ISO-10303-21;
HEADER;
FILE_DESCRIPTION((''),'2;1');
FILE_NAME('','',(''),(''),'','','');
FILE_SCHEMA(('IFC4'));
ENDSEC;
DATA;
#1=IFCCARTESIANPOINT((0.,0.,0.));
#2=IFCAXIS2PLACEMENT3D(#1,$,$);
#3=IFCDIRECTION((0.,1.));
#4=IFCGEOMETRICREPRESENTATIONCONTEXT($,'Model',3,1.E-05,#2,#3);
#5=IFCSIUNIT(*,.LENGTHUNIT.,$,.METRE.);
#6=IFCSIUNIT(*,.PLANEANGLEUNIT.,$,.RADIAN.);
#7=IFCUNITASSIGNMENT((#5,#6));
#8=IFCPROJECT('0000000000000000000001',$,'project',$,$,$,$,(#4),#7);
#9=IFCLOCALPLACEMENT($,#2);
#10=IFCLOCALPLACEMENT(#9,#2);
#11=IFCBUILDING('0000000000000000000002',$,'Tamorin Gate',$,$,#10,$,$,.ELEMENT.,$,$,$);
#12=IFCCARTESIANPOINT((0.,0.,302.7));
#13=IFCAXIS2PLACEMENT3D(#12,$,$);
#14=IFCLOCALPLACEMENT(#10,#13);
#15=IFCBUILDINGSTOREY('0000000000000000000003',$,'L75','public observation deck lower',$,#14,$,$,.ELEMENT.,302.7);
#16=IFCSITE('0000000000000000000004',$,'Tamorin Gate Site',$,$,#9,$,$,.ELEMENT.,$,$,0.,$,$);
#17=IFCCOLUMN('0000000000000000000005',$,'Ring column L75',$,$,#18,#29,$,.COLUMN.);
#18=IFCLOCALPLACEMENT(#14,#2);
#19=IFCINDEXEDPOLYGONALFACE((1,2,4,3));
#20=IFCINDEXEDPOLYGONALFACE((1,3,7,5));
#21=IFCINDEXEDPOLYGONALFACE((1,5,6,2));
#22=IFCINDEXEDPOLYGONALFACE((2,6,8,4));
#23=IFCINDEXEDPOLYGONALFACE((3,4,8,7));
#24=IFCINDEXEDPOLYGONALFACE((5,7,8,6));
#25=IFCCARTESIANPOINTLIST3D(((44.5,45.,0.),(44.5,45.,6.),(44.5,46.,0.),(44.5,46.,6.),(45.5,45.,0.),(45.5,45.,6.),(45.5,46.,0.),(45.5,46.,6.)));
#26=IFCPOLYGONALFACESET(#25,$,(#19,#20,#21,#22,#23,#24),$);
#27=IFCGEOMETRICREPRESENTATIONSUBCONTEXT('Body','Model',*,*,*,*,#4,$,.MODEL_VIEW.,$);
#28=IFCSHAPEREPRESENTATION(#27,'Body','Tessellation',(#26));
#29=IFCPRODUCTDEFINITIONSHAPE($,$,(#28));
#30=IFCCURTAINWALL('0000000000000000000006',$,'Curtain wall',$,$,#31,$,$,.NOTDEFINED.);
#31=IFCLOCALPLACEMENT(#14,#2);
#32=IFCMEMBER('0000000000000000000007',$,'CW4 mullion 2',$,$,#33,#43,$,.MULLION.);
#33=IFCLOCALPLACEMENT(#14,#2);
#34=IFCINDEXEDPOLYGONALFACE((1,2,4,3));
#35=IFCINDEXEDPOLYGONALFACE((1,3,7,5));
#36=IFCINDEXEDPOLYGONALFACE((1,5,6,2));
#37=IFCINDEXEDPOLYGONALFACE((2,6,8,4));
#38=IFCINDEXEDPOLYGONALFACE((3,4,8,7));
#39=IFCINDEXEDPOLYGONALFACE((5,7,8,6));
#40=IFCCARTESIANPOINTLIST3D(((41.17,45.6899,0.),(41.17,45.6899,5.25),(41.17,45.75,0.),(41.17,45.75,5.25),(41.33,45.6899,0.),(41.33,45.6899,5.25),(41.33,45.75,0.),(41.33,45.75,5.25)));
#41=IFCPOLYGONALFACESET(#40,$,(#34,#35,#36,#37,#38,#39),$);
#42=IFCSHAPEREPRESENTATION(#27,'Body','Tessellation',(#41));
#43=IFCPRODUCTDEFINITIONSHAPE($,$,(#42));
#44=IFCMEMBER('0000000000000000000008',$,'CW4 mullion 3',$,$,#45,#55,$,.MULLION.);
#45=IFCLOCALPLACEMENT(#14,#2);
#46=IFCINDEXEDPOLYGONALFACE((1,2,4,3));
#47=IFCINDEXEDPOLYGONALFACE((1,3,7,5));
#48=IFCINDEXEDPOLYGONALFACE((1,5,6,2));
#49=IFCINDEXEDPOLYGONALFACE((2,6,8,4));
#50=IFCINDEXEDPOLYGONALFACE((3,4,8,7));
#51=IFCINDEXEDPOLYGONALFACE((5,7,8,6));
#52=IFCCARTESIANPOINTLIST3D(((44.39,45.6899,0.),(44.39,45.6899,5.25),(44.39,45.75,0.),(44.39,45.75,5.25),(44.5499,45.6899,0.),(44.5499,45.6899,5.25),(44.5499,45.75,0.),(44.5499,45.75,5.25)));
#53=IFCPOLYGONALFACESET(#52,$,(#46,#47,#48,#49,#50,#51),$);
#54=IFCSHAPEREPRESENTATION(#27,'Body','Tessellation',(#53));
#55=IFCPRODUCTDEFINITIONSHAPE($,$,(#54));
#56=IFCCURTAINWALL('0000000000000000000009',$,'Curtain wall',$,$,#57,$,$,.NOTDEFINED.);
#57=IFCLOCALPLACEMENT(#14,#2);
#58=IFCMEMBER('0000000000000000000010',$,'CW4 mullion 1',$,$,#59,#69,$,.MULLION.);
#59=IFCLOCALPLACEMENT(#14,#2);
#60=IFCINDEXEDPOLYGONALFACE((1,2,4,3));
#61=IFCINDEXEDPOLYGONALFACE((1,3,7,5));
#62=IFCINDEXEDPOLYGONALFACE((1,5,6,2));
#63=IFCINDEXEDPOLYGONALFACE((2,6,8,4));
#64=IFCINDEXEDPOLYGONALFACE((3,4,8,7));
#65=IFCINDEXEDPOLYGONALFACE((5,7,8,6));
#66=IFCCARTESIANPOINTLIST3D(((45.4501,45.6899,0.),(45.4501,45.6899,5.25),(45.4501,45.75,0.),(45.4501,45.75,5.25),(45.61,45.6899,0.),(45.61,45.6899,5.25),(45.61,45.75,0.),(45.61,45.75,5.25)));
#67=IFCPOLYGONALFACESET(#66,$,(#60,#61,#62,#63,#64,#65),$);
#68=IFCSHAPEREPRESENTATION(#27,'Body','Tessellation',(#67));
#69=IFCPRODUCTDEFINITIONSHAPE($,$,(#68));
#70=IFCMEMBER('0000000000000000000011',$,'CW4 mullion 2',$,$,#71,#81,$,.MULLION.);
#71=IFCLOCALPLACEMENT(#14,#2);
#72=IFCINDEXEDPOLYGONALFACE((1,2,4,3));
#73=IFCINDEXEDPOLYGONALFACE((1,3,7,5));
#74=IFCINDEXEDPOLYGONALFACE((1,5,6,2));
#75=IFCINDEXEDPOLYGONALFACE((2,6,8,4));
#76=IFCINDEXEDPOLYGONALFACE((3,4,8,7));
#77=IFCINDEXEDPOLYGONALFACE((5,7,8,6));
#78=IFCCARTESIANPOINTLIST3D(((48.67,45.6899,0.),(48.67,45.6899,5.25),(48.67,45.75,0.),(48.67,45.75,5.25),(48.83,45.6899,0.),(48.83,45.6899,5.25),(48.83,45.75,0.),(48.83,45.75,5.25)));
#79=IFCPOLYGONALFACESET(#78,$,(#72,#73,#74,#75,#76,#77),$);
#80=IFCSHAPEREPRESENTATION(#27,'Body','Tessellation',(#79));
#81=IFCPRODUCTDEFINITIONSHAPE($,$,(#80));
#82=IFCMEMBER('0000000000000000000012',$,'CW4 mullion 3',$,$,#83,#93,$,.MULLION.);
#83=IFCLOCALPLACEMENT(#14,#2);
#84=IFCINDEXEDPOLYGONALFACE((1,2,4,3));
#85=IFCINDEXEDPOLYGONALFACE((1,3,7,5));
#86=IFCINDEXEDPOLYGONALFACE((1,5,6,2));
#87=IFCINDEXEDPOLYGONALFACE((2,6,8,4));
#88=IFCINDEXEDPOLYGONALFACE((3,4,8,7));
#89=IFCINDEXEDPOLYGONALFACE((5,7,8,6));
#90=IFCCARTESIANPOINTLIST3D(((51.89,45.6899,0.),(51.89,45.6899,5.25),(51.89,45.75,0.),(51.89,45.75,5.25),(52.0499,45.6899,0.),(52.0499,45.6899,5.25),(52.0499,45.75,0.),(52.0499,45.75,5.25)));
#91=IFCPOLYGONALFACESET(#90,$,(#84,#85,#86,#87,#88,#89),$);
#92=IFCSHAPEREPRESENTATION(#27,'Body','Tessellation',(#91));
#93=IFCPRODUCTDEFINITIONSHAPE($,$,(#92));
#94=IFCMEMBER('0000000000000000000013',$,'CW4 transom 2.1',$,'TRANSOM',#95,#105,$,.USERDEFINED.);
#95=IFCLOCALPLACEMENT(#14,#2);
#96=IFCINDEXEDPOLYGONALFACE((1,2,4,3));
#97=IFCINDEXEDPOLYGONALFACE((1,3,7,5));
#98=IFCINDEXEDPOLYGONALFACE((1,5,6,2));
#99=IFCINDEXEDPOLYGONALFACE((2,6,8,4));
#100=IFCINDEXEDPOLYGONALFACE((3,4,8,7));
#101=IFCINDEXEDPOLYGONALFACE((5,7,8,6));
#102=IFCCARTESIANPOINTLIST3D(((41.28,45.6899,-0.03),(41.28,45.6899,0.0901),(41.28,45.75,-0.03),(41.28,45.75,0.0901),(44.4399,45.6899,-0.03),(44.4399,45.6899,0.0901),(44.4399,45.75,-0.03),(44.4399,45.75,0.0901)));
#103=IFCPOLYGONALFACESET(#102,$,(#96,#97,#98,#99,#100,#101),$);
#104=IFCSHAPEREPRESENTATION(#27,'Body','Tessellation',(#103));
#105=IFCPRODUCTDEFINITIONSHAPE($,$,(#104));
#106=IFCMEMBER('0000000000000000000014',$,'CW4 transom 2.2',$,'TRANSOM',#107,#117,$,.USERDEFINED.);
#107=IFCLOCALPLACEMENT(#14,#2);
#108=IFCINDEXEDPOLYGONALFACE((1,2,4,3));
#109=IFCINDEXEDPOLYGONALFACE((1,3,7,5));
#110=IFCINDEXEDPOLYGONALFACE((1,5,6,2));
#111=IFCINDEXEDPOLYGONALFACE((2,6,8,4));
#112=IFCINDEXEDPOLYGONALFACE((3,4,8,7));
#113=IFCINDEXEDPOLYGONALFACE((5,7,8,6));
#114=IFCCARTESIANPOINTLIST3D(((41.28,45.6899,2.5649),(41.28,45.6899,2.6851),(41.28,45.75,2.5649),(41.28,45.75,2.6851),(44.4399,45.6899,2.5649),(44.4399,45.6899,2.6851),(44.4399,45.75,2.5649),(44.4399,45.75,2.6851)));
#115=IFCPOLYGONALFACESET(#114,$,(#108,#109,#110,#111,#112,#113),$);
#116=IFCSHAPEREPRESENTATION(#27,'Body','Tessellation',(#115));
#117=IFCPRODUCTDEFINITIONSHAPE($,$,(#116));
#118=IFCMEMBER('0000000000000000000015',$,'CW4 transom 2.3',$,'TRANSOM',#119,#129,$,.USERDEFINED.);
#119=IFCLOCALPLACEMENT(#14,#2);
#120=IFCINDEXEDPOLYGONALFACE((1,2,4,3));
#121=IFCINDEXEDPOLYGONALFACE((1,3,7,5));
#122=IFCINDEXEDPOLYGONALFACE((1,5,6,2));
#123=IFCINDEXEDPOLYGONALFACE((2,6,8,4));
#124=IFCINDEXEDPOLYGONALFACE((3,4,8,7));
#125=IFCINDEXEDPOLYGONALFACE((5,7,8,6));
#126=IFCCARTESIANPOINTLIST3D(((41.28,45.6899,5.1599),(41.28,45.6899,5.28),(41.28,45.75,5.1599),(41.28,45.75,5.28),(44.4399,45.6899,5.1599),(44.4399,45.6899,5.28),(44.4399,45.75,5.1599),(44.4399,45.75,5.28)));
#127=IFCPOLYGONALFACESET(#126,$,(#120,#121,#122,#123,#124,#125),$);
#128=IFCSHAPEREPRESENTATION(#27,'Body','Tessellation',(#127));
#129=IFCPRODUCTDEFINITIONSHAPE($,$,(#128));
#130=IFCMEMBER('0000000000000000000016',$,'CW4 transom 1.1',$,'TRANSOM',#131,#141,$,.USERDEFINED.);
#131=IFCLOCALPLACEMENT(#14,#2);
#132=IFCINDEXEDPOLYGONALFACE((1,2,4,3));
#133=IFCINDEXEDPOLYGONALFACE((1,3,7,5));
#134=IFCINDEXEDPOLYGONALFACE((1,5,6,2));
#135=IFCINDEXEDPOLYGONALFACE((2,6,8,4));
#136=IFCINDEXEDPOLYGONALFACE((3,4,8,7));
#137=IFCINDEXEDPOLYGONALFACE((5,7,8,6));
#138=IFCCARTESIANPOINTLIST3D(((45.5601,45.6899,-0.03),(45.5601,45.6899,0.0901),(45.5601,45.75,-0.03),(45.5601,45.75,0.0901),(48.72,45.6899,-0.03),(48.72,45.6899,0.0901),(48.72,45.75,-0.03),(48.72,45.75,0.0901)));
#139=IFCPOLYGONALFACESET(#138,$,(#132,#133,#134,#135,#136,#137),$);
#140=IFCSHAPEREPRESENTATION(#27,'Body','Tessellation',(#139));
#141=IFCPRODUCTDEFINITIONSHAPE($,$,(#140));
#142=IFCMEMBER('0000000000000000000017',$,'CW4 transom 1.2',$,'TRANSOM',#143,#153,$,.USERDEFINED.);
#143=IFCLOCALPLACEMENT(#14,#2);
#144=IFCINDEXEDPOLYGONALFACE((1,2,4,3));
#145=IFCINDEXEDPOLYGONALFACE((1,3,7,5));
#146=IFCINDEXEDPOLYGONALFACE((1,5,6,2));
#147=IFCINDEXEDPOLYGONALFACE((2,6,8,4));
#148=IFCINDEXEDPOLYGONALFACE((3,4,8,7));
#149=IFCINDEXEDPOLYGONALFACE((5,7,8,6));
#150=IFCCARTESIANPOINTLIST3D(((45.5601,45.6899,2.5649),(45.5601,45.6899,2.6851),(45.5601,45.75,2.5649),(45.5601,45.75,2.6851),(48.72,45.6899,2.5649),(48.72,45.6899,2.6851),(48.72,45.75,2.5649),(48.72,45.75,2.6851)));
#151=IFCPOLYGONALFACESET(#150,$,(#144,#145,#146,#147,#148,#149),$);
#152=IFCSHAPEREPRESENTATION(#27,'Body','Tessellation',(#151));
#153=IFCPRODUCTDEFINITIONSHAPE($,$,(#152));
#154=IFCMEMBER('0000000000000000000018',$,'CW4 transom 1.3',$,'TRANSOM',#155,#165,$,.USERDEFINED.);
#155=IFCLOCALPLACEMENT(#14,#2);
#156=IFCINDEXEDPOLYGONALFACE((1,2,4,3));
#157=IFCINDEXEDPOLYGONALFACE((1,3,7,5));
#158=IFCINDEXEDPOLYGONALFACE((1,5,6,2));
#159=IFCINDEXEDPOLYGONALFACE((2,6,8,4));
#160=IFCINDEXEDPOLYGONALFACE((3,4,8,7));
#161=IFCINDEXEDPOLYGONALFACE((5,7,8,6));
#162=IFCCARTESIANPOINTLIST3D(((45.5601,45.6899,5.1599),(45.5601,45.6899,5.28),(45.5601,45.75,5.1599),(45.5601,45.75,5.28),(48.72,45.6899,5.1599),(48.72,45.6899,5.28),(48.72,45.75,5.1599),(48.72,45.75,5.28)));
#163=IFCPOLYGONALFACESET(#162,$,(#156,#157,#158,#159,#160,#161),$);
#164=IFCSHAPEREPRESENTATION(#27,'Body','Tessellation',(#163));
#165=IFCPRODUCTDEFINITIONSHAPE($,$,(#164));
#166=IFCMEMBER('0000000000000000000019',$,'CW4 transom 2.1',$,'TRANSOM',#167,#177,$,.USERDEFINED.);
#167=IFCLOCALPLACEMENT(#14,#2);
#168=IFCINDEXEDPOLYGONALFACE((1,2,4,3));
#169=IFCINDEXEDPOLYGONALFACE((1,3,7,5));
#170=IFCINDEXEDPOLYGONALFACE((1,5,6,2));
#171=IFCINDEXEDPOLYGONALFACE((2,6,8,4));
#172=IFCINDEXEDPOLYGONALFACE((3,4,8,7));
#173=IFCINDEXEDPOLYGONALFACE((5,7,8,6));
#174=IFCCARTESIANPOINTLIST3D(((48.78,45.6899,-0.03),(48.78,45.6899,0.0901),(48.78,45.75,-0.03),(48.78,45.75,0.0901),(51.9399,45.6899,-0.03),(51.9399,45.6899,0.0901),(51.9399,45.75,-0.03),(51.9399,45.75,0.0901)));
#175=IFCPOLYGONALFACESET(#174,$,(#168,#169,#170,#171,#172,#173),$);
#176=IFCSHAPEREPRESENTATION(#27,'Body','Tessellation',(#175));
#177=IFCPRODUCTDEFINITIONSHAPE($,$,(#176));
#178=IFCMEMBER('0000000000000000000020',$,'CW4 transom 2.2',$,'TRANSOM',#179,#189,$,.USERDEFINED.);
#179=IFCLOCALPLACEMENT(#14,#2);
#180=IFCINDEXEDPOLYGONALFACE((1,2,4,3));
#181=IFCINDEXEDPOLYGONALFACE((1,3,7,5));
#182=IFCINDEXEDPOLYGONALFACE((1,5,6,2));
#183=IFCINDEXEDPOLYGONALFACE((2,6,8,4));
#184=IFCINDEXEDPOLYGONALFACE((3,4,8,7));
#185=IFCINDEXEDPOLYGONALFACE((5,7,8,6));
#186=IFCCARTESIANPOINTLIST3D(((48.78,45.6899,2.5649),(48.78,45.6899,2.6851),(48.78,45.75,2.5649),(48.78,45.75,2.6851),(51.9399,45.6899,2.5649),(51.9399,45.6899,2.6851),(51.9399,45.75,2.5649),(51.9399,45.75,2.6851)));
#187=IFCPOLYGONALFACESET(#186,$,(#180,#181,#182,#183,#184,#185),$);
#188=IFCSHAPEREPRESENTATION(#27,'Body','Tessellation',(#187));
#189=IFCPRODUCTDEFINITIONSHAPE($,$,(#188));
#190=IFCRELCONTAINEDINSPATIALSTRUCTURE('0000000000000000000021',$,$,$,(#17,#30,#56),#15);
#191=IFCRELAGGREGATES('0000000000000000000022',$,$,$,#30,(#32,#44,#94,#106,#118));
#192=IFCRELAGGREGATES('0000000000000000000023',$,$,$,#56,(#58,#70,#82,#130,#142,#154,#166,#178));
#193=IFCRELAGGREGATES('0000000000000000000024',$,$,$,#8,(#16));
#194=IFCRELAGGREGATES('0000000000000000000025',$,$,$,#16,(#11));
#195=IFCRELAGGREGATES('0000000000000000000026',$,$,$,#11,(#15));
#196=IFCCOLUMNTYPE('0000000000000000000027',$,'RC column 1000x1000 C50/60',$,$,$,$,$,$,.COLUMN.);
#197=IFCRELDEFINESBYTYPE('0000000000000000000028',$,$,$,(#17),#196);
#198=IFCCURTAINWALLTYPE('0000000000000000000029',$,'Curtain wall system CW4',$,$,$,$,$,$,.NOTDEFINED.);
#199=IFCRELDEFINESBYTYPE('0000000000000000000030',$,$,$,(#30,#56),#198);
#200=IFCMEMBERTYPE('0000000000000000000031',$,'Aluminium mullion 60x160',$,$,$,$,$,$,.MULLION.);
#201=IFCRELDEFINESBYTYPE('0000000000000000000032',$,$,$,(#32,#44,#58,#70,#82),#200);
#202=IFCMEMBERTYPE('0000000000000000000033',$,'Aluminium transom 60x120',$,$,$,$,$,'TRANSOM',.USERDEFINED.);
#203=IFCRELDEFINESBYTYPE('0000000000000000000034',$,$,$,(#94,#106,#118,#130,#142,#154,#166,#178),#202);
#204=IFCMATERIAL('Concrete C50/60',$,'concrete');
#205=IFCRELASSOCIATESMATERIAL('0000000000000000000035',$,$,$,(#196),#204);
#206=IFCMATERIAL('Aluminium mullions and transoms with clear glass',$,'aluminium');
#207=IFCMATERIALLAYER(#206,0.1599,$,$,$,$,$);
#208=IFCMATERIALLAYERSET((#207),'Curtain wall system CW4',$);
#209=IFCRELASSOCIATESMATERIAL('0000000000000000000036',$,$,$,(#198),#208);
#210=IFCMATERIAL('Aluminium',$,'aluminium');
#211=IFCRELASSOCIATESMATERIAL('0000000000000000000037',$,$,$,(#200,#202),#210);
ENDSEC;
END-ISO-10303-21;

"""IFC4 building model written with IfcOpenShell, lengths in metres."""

from ifc_helpers import new_model, si_unit, direction, frame, origin, origin_2d, place, context, subcontext, project, spatial, rectangle, extrude, material, layer, layer_set, material_profile, profile_set, type_object, element, aggregate, save


model = new_model("IFC4")

# Units and contexts
model_context = context("Model", 3, precision=1e-05, world=origin(), true_north=direction((0.0, 1.0)))
body_context = subcontext(model_context, "Body", "Model", "MODEL_VIEW")
ifc_project = project(units=[si_unit("LENGTHUNIT", "METRE"), si_unit("PLANEANGLEUNIT", "RADIAN")], contexts=[model_context])

# Site, building, storey
site_placement = place(None, origin())
site = spatial("IfcSite", under=ifc_project, at=site_placement, Name="Tamorin Gate Site", CompositionType="ELEMENT", RefElevation=0.0)
building_placement = place(site_placement, origin())
building = spatial("IfcBuilding", under=site, at=building_placement, Name="Tamorin Gate", CompositionType="ELEMENT")
storey_placement = place(building_placement, frame((0.0, 0.0, 302.7)))
storey = spatial("IfcBuildingStorey", under=building, at=storey_placement, Name="L75", Description="public observation deck lower", CompositionType="ELEMENT", Elevation=302.7)

# Column
ifc_material_1 = material(Name="Concrete C50/60", Category="concrete")
ifc_material_profile_1 = material_profile(ifc_material_1, rectangle(XDim=1.0, YDim=1.0, at=origin_2d()), Name="RC 1000x1000")
ifc_profile_set_1 = profile_set([ifc_material_profile_1], Name="Concrete C50/60")
column_type = type_object("IfcColumnType", Name="RC column 1000x1000 C50/60", PredefinedType="COLUMN", material=ifc_profile_set_1)
column_placement = place(storey_placement, frame((45.0, 45.5, 0.0), z_axis=(0.0, 0.0, 1.0), x_axis=(1.0, 0.0, 0.0)))
element("IfcColumn", 1, at=column_placement, inside=storey, type_object=column_type, Name="Ring column L75", PredefinedType="COLUMN", context=body_context, shape_type="SweptSolid", body=[
    extrude(rectangle(XDim=1.0, YDim=1.0, at=origin_2d()), origin(), (0.0, 0.0, 1.0), 6.0),
])

# Curtain walls, members
ifc_material_2 = material(Name="Aluminium mullions and transoms with clear glass", Category="aluminium")
ifc_layer_1 = layer(ifc_material_2, 0.1599)
ifc_layer_set_1 = layer_set([ifc_layer_1], Name="Curtain wall system CW4")
curtain_wall_type = type_object("IfcCurtainWallType", Name="Curtain wall system CW4", PredefinedType="NOTDEFINED", material=ifc_layer_set_1)
curtain_wall_1_placement = place(storey_placement, origin())
curtain_wall_1 = element("IfcCurtainWall", 2, at=curtain_wall_1_placement, inside=storey, type_object=curtain_wall_type, Name="Curtain wall", PredefinedType="NOTDEFINED")
ifc_material_3 = material(Name="Aluminium", Category="aluminium")
ifc_material_profile_2 = material_profile(ifc_material_3, rectangle(XDim=0.0601, YDim=0.1599, at=origin_2d()), Name="RECT 60x160")
ifc_profile_set_2 = profile_set([ifc_material_profile_2], Name="Aluminium")
member_type_1 = type_object("IfcMemberType", Name="Aluminium mullion 60x160", PredefinedType="MULLION", material=ifc_profile_set_2)
member_1_placement = place(storey_placement, frame((41.25, 45.72, 0.0), z_axis=(0.0, 0.0, 1.0), x_axis=(0.0, 1.0, 0.0)))
member_1 = element("IfcMember", 3, at=member_1_placement, type_object=member_type_1, Name="CW4 mullion 2", PredefinedType="MULLION", context=body_context, shape_type="SweptSolid", body=[
    extrude(rectangle(XDim=0.0601, YDim=0.1599, at=origin_2d()), origin(), (0.0, 0.0, 1.0), 5.25),
])
member_2_placement = place(storey_placement, frame((44.47, 45.72, 0.0), z_axis=(0.0, 0.0, 1.0), x_axis=(0.0, 1.0, 0.0)))
member_2 = element("IfcMember", 4, at=member_2_placement, type_object=member_type_1, Name="CW4 mullion 3", PredefinedType="MULLION", context=body_context, shape_type="SweptSolid", body=[
    extrude(rectangle(XDim=0.0601, YDim=0.1599, at=origin_2d()), origin(), (0.0, 0.0, 1.0), 5.25),
])
curtain_wall_2_placement = place(storey_placement, origin())
curtain_wall_2 = element("IfcCurtainWall", 5, at=curtain_wall_2_placement, inside=storey, type_object=curtain_wall_type, Name="Curtain wall", PredefinedType="NOTDEFINED")
member_3_placement = place(storey_placement, frame((45.53, 45.72, 0.0), z_axis=(0.0, 0.0, 1.0), x_axis=(0.0, 1.0, 0.0)))
member_3 = element("IfcMember", 6, at=member_3_placement, type_object=member_type_1, Name="CW4 mullion 1", PredefinedType="MULLION", context=body_context, shape_type="SweptSolid", body=[
    extrude(rectangle(XDim=0.0601, YDim=0.1599, at=origin_2d()), origin(), (0.0, 0.0, 1.0), 5.25),
])
member_4_placement = place(storey_placement, frame((48.75, 45.72, 0.0), z_axis=(0.0, 0.0, 1.0), x_axis=(0.0, 1.0, 0.0)))
member_4 = element("IfcMember", 7, at=member_4_placement, type_object=member_type_1, Name="CW4 mullion 2", PredefinedType="MULLION", context=body_context, shape_type="SweptSolid", body=[
    extrude(rectangle(XDim=0.0601, YDim=0.1599, at=origin_2d()), origin(), (0.0, 0.0, 1.0), 5.25),
])
member_5_placement = place(storey_placement, frame((51.97, 45.72, 0.0), z_axis=(0.0, 0.0, 1.0), x_axis=(0.0, 1.0, 0.0)))
member_5 = element("IfcMember", 8, at=member_5_placement, type_object=member_type_1, Name="CW4 mullion 3", PredefinedType="MULLION", context=body_context, shape_type="SweptSolid", body=[
    extrude(rectangle(XDim=0.0601, YDim=0.1599, at=origin_2d()), origin(), (0.0, 0.0, 1.0), 5.25),
])

# Members
ifc_material_profile_3 = material_profile(ifc_material_3, rectangle(XDim=0.0601, YDim=0.1201, at=origin_2d()), Name="RECT 60x120")
ifc_profile_set_3 = profile_set([ifc_material_profile_3], Name="Aluminium")
member_type_2 = type_object("IfcMemberType", Name="Aluminium transom 60x120", ElementType="TRANSOM", PredefinedType="USERDEFINED", material=ifc_profile_set_3)
member_6_placement = place(storey_placement, frame((41.28, 45.72, 0.03), z_axis=(1.0, 0.0, 0.0), x_axis=(0.0, 1.0, 0.0)))
member_6 = element("IfcMember", 9, at=member_6_placement, type_object=member_type_2, Name="CW4 transom 2.1", ObjectType="TRANSOM", PredefinedType="USERDEFINED", context=body_context, shape_type="SweptSolid", body=[
    extrude(rectangle(XDim=0.0601, YDim=0.1201, at=origin_2d()), origin(), (0.0, 0.0, 1.0), 3.1599),
])
member_7_placement = place(storey_placement, frame((41.28, 45.72, 2.625), z_axis=(1.0, 0.0, 0.0), x_axis=(0.0, 1.0, 0.0)))
member_7 = element("IfcMember", 10, at=member_7_placement, type_object=member_type_2, Name="CW4 transom 2.2", ObjectType="TRANSOM", PredefinedType="USERDEFINED", context=body_context, shape_type="SweptSolid", body=[
    extrude(rectangle(XDim=0.0601, YDim=0.1201, at=origin_2d()), origin(), (0.0, 0.0, 1.0), 3.1599),
])
member_8_placement = place(storey_placement, frame((41.28, 45.72, 5.22), z_axis=(1.0, 0.0, 0.0), x_axis=(0.0, 1.0, 0.0)))
member_8 = element("IfcMember", 11, at=member_8_placement, type_object=member_type_2, Name="CW4 transom 2.3", ObjectType="TRANSOM", PredefinedType="USERDEFINED", context=body_context, shape_type="SweptSolid", body=[
    extrude(rectangle(XDim=0.0601, YDim=0.1201, at=origin_2d()), origin(), (0.0, 0.0, 1.0), 3.1599),
])
member_9_placement = place(storey_placement, frame((45.5601, 45.72, 0.03), z_axis=(1.0, 0.0, 0.0), x_axis=(0.0, 1.0, 0.0)))
member_9 = element("IfcMember", 12, at=member_9_placement, type_object=member_type_2, Name="CW4 transom 1.1", ObjectType="TRANSOM", PredefinedType="USERDEFINED", context=body_context, shape_type="SweptSolid", body=[
    extrude(rectangle(XDim=0.0601, YDim=0.1201, at=origin_2d()), origin(), (0.0, 0.0, 1.0), 3.1599),
])
member_10_placement = place(storey_placement, frame((45.5601, 45.72, 2.625), z_axis=(1.0, 0.0, 0.0), x_axis=(0.0, 1.0, 0.0)))
member_10 = element("IfcMember", 13, at=member_10_placement, type_object=member_type_2, Name="CW4 transom 1.2", ObjectType="TRANSOM", PredefinedType="USERDEFINED", context=body_context, shape_type="SweptSolid", body=[
    extrude(rectangle(XDim=0.0601, YDim=0.1201, at=origin_2d()), origin(), (0.0, 0.0, 1.0), 3.1599),
])
member_11_placement = place(storey_placement, frame((45.5601, 45.72, 5.22), z_axis=(1.0, 0.0, 0.0), x_axis=(0.0, 1.0, 0.0)))
member_11 = element("IfcMember", 14, at=member_11_placement, type_object=member_type_2, Name="CW4 transom 1.3", ObjectType="TRANSOM", PredefinedType="USERDEFINED", context=body_context, shape_type="SweptSolid", body=[
    extrude(rectangle(XDim=0.0601, YDim=0.1201, at=origin_2d()), origin(), (0.0, 0.0, 1.0), 3.1599),
])
member_12_placement = place(storey_placement, frame((48.78, 45.72, 0.03), z_axis=(1.0, 0.0, 0.0), x_axis=(0.0, 1.0, 0.0)))
member_12 = element("IfcMember", 15, at=member_12_placement, type_object=member_type_2, Name="CW4 transom 2.1", ObjectType="TRANSOM", PredefinedType="USERDEFINED", context=body_context, shape_type="SweptSolid", body=[
    extrude(rectangle(XDim=0.0601, YDim=0.1201, at=origin_2d()), origin(), (0.0, 0.0, 1.0), 3.1599),
])
member_13_placement = place(storey_placement, frame((48.78, 45.72, 2.625), z_axis=(1.0, 0.0, 0.0), x_axis=(0.0, 1.0, 0.0)))
member_13 = element("IfcMember", 16, at=member_13_placement, type_object=member_type_2, Name="CW4 transom 2.2", ObjectType="TRANSOM", PredefinedType="USERDEFINED", context=body_context, shape_type="SweptSolid", body=[
    extrude(rectangle(XDim=0.0601, YDim=0.1201, at=origin_2d()), origin(), (0.0, 0.0, 1.0), 3.1599),
])

aggregate(curtain_wall_1, [member_1, member_2, member_6, member_7, member_8])
aggregate(curtain_wall_2, [member_3, member_4, member_5, member_9, member_10, member_11, member_12, member_13])

save(model, "model.ifc")
